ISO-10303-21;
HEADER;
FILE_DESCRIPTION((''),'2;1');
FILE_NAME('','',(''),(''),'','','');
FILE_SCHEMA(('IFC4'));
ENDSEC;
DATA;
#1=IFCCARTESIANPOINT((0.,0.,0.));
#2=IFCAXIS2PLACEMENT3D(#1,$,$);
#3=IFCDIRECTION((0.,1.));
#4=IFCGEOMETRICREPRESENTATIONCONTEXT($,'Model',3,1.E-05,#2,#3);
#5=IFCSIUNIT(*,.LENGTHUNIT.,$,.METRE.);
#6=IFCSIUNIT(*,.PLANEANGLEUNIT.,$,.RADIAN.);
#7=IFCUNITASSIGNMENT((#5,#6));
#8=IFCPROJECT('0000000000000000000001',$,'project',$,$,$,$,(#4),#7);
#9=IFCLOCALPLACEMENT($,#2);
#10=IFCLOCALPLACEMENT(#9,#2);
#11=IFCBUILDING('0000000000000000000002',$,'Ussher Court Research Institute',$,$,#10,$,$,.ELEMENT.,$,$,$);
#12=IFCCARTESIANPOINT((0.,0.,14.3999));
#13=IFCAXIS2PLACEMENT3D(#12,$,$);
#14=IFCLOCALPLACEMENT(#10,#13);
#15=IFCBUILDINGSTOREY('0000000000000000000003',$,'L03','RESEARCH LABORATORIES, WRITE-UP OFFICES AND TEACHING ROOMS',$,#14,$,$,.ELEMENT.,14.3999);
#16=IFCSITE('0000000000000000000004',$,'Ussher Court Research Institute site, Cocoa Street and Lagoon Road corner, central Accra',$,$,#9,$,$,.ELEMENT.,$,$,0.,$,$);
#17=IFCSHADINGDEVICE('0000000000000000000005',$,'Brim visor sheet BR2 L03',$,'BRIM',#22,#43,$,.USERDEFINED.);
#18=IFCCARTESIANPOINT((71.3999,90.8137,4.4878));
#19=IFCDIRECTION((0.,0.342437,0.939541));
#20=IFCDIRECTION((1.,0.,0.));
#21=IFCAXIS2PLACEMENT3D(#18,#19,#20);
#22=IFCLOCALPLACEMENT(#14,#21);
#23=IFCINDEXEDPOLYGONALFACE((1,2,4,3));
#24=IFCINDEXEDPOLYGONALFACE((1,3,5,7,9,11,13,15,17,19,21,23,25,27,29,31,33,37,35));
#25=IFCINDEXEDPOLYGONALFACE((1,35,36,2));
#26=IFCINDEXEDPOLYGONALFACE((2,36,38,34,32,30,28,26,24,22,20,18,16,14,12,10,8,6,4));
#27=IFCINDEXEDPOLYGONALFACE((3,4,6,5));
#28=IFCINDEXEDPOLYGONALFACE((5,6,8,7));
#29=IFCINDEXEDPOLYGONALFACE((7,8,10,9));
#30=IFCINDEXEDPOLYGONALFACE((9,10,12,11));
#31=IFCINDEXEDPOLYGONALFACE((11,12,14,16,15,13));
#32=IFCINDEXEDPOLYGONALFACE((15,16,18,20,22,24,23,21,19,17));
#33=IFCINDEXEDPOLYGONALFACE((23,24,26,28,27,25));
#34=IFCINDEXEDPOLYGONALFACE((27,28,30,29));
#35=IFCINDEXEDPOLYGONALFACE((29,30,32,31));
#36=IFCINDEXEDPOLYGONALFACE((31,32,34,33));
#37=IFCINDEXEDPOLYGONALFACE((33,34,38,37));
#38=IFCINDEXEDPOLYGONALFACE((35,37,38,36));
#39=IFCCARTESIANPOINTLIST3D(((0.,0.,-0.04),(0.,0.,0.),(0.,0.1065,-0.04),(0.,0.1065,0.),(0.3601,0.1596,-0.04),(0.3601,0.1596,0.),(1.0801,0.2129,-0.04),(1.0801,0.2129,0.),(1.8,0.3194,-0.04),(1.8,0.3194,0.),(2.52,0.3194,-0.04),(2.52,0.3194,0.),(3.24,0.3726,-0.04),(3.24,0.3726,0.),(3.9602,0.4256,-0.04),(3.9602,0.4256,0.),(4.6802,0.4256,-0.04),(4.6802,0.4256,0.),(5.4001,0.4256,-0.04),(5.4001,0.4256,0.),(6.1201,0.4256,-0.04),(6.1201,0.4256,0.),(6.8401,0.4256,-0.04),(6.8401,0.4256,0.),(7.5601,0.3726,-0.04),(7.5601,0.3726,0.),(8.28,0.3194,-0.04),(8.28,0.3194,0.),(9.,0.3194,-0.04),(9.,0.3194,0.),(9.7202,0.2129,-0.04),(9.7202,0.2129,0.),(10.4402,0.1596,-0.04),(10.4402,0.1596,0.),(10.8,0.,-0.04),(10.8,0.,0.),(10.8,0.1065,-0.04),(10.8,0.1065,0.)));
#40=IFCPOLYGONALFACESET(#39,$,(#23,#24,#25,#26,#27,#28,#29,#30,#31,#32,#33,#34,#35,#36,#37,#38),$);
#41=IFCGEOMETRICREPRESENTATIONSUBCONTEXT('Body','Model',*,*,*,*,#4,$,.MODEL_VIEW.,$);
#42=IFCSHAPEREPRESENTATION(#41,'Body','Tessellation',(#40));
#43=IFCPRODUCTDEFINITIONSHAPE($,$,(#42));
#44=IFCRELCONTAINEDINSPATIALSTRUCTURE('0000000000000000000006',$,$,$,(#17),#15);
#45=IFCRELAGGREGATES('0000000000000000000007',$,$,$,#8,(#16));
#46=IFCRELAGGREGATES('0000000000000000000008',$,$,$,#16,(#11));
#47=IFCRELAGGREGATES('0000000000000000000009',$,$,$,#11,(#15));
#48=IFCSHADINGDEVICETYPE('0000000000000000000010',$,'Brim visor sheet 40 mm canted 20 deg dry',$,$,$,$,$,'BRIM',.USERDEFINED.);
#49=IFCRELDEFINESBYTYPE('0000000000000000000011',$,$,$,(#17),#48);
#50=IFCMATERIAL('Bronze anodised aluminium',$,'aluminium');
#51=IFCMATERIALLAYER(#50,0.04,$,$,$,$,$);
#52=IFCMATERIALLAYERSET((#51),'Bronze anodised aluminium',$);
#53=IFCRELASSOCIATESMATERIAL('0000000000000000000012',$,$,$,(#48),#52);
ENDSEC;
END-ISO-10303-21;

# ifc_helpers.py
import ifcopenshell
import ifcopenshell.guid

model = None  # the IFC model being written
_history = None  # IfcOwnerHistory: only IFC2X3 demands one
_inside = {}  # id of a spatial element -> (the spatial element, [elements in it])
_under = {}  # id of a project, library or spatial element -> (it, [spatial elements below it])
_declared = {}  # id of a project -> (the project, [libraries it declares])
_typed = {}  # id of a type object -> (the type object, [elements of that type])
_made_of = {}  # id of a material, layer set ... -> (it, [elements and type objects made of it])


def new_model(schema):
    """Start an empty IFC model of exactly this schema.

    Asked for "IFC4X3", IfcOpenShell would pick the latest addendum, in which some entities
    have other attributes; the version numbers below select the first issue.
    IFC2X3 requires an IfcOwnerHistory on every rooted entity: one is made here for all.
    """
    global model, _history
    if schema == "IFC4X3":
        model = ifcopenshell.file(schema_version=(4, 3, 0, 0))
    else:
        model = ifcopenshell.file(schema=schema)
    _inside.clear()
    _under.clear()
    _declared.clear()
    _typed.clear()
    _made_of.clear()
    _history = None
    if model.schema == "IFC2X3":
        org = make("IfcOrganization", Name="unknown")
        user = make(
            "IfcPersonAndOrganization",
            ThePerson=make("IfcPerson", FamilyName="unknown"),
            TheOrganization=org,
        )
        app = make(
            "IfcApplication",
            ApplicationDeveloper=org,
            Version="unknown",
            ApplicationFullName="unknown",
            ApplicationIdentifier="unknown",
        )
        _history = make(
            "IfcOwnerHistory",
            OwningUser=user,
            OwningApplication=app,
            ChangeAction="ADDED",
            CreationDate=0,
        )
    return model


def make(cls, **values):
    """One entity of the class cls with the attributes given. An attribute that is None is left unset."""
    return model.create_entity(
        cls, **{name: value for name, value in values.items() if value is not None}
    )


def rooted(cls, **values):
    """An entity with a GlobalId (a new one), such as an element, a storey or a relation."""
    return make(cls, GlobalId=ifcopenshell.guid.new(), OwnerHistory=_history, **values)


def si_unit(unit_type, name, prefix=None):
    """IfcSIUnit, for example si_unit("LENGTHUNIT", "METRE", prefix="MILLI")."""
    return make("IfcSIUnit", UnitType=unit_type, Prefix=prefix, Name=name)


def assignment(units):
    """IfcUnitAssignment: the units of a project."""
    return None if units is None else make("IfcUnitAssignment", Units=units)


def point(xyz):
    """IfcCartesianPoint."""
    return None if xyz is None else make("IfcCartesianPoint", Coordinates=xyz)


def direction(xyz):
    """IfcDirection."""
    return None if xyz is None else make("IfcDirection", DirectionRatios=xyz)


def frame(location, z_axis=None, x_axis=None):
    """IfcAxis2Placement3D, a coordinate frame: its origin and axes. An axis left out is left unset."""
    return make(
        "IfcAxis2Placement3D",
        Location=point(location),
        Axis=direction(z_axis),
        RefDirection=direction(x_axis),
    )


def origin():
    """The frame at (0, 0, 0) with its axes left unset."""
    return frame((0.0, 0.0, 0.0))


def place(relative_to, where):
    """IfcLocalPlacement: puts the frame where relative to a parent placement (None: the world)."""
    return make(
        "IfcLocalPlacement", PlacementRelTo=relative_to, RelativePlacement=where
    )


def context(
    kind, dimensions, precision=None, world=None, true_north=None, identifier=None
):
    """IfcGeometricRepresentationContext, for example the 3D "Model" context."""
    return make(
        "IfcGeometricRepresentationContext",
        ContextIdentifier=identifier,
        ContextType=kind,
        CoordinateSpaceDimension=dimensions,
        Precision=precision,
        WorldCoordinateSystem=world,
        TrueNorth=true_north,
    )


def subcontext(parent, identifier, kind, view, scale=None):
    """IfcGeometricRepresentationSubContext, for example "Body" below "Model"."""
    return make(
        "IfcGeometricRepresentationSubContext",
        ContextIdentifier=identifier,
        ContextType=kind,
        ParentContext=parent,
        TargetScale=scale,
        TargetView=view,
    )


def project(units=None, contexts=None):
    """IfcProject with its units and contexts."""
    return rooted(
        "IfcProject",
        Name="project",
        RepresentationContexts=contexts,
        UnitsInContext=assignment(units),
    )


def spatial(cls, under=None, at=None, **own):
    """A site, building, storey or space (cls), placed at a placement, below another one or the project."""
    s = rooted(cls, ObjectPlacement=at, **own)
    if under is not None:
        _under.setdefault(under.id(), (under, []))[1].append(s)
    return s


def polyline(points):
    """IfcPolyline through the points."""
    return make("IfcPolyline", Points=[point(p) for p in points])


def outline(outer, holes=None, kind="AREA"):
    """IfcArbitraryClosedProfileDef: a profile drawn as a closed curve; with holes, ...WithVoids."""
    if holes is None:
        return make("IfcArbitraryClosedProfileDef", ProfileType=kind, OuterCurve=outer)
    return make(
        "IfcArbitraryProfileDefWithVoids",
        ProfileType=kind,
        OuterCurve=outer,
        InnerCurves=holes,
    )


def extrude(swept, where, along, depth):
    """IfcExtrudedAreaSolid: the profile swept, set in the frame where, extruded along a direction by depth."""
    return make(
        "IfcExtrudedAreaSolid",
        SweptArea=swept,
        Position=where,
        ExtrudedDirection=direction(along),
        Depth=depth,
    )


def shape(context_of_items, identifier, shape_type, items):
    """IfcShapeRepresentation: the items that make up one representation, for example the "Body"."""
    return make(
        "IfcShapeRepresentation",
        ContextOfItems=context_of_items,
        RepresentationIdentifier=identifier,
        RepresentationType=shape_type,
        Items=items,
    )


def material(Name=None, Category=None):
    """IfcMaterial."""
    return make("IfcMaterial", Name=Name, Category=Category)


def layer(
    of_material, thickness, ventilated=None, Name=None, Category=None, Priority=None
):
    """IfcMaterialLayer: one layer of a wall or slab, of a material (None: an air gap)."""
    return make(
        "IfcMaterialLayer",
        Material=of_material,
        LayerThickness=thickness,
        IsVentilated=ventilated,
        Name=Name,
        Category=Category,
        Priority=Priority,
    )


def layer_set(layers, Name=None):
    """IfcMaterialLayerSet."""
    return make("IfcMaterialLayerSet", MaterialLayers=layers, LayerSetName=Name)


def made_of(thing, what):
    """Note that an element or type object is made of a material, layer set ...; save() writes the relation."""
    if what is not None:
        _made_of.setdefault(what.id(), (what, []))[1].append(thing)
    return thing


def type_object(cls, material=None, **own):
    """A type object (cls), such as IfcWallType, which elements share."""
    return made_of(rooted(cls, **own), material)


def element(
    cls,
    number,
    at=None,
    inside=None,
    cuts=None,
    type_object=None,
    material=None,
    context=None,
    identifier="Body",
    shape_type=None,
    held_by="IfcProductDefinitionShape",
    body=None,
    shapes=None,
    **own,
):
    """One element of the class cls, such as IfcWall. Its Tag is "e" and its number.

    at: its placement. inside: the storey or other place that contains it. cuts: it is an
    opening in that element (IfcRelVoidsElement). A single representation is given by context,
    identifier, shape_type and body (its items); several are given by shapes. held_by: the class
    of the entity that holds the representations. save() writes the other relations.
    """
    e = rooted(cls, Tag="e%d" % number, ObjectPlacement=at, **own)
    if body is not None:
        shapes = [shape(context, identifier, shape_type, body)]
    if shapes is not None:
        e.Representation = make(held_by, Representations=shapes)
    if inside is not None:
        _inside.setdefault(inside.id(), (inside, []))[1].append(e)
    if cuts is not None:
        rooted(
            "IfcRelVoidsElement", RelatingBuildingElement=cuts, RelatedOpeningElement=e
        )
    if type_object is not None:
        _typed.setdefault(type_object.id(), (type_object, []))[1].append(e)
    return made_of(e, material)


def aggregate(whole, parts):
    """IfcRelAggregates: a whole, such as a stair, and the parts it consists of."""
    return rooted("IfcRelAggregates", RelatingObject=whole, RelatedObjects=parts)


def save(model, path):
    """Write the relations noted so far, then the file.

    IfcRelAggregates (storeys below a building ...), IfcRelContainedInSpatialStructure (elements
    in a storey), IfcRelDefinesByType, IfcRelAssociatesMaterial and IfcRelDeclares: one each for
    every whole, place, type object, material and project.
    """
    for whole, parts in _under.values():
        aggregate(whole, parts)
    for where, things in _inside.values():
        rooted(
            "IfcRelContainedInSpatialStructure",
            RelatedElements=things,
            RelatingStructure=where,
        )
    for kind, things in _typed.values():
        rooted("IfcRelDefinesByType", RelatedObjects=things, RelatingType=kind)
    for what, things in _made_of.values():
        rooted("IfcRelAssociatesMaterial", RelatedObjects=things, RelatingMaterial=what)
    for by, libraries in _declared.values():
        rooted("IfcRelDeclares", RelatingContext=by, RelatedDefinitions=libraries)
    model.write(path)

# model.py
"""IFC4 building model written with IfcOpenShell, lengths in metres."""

from ifc_helpers import new_model, si_unit, direction, frame, origin, place, context, subcontext, project, spatial, polyline, outline, extrude, material, layer, layer_set, type_object, element, save


model = new_model("IFC4")

# Units and contexts
model_context = context("Model", 3, precision=1e-05, world=origin(), true_north=direction((0.0, 1.0)))
body_context = subcontext(model_context, "Body", "Model", "MODEL_VIEW")
ifc_project = project(units=[si_unit("LENGTHUNIT", "METRE"), si_unit("PLANEANGLEUNIT", "RADIAN")], contexts=[model_context])

# Site, building, storey
site_placement = place(None, origin())
site = spatial("IfcSite", under=ifc_project, at=site_placement, Name="Ussher Court Research Institute site, Cocoa Street and Lagoon Road corner, central Accra", CompositionType="ELEMENT", RefElevation=0.0)
building_placement = place(site_placement, origin())
building = spatial("IfcBuilding", under=site, at=building_placement, Name="Ussher Court Research Institute", CompositionType="ELEMENT")
storey_placement = place(building_placement, frame((0.0, 0.0, 14.3999)))
storey = spatial("IfcBuildingStorey", under=building, at=storey_placement, Name="L03", Description="RESEARCH LABORATORIES, WRITE-UP OFFICES AND TEACHING ROOMS", CompositionType="ELEMENT", Elevation=14.3999)

# Shading device
ifc_material_1 = material(Name="Bronze anodised aluminium", Category="aluminium")
ifc_layer_1 = layer(ifc_material_1, 0.04)
ifc_layer_set_1 = layer_set([ifc_layer_1], Name="Bronze anodised aluminium")
shading_device_type_1 = type_object("IfcShadingDeviceType", Name="Brim visor sheet 40 mm canted 20 deg dry", ElementType="BRIM", PredefinedType="USERDEFINED", material=ifc_layer_set_1)
shading_device_placement = place(storey_placement, frame((71.3999, 90.8137, 4.4878), z_axis=(0.0, 0.342437, 0.939541), x_axis=(1.0, 0.0, 0.0)))
element("IfcShadingDevice", 1, at=shading_device_placement, inside=storey, type_object=shading_device_type_1, Name="Brim visor sheet BR2 L03", ObjectType="BRIM", PredefinedType="USERDEFINED", context=body_context, shape_type="SweptSolid", body=[
    extrude(outline(polyline([(0.0, 0.0), (10.8, 0.0), (10.8, 0.1065), (10.4402, 0.1596), (9.7202, 0.2129), (9.0, 0.3194), (8.28, 0.3194), (7.5601, 0.3726), (6.8401, 0.4256), (6.1201, 0.4256), (5.4001, 0.4256), (4.6802, 0.4256), (3.9602, 0.4256), (3.24, 0.3726), (2.52, 0.3194), (1.8, 0.3194), (1.0801, 0.2129), (0.3601, 0.1596), (0.0, 0.1065), (0.0, 0.0)])), origin(), (0.0, 0.0, -1.0), 0.04),
])

save(model, "model.ifc")
